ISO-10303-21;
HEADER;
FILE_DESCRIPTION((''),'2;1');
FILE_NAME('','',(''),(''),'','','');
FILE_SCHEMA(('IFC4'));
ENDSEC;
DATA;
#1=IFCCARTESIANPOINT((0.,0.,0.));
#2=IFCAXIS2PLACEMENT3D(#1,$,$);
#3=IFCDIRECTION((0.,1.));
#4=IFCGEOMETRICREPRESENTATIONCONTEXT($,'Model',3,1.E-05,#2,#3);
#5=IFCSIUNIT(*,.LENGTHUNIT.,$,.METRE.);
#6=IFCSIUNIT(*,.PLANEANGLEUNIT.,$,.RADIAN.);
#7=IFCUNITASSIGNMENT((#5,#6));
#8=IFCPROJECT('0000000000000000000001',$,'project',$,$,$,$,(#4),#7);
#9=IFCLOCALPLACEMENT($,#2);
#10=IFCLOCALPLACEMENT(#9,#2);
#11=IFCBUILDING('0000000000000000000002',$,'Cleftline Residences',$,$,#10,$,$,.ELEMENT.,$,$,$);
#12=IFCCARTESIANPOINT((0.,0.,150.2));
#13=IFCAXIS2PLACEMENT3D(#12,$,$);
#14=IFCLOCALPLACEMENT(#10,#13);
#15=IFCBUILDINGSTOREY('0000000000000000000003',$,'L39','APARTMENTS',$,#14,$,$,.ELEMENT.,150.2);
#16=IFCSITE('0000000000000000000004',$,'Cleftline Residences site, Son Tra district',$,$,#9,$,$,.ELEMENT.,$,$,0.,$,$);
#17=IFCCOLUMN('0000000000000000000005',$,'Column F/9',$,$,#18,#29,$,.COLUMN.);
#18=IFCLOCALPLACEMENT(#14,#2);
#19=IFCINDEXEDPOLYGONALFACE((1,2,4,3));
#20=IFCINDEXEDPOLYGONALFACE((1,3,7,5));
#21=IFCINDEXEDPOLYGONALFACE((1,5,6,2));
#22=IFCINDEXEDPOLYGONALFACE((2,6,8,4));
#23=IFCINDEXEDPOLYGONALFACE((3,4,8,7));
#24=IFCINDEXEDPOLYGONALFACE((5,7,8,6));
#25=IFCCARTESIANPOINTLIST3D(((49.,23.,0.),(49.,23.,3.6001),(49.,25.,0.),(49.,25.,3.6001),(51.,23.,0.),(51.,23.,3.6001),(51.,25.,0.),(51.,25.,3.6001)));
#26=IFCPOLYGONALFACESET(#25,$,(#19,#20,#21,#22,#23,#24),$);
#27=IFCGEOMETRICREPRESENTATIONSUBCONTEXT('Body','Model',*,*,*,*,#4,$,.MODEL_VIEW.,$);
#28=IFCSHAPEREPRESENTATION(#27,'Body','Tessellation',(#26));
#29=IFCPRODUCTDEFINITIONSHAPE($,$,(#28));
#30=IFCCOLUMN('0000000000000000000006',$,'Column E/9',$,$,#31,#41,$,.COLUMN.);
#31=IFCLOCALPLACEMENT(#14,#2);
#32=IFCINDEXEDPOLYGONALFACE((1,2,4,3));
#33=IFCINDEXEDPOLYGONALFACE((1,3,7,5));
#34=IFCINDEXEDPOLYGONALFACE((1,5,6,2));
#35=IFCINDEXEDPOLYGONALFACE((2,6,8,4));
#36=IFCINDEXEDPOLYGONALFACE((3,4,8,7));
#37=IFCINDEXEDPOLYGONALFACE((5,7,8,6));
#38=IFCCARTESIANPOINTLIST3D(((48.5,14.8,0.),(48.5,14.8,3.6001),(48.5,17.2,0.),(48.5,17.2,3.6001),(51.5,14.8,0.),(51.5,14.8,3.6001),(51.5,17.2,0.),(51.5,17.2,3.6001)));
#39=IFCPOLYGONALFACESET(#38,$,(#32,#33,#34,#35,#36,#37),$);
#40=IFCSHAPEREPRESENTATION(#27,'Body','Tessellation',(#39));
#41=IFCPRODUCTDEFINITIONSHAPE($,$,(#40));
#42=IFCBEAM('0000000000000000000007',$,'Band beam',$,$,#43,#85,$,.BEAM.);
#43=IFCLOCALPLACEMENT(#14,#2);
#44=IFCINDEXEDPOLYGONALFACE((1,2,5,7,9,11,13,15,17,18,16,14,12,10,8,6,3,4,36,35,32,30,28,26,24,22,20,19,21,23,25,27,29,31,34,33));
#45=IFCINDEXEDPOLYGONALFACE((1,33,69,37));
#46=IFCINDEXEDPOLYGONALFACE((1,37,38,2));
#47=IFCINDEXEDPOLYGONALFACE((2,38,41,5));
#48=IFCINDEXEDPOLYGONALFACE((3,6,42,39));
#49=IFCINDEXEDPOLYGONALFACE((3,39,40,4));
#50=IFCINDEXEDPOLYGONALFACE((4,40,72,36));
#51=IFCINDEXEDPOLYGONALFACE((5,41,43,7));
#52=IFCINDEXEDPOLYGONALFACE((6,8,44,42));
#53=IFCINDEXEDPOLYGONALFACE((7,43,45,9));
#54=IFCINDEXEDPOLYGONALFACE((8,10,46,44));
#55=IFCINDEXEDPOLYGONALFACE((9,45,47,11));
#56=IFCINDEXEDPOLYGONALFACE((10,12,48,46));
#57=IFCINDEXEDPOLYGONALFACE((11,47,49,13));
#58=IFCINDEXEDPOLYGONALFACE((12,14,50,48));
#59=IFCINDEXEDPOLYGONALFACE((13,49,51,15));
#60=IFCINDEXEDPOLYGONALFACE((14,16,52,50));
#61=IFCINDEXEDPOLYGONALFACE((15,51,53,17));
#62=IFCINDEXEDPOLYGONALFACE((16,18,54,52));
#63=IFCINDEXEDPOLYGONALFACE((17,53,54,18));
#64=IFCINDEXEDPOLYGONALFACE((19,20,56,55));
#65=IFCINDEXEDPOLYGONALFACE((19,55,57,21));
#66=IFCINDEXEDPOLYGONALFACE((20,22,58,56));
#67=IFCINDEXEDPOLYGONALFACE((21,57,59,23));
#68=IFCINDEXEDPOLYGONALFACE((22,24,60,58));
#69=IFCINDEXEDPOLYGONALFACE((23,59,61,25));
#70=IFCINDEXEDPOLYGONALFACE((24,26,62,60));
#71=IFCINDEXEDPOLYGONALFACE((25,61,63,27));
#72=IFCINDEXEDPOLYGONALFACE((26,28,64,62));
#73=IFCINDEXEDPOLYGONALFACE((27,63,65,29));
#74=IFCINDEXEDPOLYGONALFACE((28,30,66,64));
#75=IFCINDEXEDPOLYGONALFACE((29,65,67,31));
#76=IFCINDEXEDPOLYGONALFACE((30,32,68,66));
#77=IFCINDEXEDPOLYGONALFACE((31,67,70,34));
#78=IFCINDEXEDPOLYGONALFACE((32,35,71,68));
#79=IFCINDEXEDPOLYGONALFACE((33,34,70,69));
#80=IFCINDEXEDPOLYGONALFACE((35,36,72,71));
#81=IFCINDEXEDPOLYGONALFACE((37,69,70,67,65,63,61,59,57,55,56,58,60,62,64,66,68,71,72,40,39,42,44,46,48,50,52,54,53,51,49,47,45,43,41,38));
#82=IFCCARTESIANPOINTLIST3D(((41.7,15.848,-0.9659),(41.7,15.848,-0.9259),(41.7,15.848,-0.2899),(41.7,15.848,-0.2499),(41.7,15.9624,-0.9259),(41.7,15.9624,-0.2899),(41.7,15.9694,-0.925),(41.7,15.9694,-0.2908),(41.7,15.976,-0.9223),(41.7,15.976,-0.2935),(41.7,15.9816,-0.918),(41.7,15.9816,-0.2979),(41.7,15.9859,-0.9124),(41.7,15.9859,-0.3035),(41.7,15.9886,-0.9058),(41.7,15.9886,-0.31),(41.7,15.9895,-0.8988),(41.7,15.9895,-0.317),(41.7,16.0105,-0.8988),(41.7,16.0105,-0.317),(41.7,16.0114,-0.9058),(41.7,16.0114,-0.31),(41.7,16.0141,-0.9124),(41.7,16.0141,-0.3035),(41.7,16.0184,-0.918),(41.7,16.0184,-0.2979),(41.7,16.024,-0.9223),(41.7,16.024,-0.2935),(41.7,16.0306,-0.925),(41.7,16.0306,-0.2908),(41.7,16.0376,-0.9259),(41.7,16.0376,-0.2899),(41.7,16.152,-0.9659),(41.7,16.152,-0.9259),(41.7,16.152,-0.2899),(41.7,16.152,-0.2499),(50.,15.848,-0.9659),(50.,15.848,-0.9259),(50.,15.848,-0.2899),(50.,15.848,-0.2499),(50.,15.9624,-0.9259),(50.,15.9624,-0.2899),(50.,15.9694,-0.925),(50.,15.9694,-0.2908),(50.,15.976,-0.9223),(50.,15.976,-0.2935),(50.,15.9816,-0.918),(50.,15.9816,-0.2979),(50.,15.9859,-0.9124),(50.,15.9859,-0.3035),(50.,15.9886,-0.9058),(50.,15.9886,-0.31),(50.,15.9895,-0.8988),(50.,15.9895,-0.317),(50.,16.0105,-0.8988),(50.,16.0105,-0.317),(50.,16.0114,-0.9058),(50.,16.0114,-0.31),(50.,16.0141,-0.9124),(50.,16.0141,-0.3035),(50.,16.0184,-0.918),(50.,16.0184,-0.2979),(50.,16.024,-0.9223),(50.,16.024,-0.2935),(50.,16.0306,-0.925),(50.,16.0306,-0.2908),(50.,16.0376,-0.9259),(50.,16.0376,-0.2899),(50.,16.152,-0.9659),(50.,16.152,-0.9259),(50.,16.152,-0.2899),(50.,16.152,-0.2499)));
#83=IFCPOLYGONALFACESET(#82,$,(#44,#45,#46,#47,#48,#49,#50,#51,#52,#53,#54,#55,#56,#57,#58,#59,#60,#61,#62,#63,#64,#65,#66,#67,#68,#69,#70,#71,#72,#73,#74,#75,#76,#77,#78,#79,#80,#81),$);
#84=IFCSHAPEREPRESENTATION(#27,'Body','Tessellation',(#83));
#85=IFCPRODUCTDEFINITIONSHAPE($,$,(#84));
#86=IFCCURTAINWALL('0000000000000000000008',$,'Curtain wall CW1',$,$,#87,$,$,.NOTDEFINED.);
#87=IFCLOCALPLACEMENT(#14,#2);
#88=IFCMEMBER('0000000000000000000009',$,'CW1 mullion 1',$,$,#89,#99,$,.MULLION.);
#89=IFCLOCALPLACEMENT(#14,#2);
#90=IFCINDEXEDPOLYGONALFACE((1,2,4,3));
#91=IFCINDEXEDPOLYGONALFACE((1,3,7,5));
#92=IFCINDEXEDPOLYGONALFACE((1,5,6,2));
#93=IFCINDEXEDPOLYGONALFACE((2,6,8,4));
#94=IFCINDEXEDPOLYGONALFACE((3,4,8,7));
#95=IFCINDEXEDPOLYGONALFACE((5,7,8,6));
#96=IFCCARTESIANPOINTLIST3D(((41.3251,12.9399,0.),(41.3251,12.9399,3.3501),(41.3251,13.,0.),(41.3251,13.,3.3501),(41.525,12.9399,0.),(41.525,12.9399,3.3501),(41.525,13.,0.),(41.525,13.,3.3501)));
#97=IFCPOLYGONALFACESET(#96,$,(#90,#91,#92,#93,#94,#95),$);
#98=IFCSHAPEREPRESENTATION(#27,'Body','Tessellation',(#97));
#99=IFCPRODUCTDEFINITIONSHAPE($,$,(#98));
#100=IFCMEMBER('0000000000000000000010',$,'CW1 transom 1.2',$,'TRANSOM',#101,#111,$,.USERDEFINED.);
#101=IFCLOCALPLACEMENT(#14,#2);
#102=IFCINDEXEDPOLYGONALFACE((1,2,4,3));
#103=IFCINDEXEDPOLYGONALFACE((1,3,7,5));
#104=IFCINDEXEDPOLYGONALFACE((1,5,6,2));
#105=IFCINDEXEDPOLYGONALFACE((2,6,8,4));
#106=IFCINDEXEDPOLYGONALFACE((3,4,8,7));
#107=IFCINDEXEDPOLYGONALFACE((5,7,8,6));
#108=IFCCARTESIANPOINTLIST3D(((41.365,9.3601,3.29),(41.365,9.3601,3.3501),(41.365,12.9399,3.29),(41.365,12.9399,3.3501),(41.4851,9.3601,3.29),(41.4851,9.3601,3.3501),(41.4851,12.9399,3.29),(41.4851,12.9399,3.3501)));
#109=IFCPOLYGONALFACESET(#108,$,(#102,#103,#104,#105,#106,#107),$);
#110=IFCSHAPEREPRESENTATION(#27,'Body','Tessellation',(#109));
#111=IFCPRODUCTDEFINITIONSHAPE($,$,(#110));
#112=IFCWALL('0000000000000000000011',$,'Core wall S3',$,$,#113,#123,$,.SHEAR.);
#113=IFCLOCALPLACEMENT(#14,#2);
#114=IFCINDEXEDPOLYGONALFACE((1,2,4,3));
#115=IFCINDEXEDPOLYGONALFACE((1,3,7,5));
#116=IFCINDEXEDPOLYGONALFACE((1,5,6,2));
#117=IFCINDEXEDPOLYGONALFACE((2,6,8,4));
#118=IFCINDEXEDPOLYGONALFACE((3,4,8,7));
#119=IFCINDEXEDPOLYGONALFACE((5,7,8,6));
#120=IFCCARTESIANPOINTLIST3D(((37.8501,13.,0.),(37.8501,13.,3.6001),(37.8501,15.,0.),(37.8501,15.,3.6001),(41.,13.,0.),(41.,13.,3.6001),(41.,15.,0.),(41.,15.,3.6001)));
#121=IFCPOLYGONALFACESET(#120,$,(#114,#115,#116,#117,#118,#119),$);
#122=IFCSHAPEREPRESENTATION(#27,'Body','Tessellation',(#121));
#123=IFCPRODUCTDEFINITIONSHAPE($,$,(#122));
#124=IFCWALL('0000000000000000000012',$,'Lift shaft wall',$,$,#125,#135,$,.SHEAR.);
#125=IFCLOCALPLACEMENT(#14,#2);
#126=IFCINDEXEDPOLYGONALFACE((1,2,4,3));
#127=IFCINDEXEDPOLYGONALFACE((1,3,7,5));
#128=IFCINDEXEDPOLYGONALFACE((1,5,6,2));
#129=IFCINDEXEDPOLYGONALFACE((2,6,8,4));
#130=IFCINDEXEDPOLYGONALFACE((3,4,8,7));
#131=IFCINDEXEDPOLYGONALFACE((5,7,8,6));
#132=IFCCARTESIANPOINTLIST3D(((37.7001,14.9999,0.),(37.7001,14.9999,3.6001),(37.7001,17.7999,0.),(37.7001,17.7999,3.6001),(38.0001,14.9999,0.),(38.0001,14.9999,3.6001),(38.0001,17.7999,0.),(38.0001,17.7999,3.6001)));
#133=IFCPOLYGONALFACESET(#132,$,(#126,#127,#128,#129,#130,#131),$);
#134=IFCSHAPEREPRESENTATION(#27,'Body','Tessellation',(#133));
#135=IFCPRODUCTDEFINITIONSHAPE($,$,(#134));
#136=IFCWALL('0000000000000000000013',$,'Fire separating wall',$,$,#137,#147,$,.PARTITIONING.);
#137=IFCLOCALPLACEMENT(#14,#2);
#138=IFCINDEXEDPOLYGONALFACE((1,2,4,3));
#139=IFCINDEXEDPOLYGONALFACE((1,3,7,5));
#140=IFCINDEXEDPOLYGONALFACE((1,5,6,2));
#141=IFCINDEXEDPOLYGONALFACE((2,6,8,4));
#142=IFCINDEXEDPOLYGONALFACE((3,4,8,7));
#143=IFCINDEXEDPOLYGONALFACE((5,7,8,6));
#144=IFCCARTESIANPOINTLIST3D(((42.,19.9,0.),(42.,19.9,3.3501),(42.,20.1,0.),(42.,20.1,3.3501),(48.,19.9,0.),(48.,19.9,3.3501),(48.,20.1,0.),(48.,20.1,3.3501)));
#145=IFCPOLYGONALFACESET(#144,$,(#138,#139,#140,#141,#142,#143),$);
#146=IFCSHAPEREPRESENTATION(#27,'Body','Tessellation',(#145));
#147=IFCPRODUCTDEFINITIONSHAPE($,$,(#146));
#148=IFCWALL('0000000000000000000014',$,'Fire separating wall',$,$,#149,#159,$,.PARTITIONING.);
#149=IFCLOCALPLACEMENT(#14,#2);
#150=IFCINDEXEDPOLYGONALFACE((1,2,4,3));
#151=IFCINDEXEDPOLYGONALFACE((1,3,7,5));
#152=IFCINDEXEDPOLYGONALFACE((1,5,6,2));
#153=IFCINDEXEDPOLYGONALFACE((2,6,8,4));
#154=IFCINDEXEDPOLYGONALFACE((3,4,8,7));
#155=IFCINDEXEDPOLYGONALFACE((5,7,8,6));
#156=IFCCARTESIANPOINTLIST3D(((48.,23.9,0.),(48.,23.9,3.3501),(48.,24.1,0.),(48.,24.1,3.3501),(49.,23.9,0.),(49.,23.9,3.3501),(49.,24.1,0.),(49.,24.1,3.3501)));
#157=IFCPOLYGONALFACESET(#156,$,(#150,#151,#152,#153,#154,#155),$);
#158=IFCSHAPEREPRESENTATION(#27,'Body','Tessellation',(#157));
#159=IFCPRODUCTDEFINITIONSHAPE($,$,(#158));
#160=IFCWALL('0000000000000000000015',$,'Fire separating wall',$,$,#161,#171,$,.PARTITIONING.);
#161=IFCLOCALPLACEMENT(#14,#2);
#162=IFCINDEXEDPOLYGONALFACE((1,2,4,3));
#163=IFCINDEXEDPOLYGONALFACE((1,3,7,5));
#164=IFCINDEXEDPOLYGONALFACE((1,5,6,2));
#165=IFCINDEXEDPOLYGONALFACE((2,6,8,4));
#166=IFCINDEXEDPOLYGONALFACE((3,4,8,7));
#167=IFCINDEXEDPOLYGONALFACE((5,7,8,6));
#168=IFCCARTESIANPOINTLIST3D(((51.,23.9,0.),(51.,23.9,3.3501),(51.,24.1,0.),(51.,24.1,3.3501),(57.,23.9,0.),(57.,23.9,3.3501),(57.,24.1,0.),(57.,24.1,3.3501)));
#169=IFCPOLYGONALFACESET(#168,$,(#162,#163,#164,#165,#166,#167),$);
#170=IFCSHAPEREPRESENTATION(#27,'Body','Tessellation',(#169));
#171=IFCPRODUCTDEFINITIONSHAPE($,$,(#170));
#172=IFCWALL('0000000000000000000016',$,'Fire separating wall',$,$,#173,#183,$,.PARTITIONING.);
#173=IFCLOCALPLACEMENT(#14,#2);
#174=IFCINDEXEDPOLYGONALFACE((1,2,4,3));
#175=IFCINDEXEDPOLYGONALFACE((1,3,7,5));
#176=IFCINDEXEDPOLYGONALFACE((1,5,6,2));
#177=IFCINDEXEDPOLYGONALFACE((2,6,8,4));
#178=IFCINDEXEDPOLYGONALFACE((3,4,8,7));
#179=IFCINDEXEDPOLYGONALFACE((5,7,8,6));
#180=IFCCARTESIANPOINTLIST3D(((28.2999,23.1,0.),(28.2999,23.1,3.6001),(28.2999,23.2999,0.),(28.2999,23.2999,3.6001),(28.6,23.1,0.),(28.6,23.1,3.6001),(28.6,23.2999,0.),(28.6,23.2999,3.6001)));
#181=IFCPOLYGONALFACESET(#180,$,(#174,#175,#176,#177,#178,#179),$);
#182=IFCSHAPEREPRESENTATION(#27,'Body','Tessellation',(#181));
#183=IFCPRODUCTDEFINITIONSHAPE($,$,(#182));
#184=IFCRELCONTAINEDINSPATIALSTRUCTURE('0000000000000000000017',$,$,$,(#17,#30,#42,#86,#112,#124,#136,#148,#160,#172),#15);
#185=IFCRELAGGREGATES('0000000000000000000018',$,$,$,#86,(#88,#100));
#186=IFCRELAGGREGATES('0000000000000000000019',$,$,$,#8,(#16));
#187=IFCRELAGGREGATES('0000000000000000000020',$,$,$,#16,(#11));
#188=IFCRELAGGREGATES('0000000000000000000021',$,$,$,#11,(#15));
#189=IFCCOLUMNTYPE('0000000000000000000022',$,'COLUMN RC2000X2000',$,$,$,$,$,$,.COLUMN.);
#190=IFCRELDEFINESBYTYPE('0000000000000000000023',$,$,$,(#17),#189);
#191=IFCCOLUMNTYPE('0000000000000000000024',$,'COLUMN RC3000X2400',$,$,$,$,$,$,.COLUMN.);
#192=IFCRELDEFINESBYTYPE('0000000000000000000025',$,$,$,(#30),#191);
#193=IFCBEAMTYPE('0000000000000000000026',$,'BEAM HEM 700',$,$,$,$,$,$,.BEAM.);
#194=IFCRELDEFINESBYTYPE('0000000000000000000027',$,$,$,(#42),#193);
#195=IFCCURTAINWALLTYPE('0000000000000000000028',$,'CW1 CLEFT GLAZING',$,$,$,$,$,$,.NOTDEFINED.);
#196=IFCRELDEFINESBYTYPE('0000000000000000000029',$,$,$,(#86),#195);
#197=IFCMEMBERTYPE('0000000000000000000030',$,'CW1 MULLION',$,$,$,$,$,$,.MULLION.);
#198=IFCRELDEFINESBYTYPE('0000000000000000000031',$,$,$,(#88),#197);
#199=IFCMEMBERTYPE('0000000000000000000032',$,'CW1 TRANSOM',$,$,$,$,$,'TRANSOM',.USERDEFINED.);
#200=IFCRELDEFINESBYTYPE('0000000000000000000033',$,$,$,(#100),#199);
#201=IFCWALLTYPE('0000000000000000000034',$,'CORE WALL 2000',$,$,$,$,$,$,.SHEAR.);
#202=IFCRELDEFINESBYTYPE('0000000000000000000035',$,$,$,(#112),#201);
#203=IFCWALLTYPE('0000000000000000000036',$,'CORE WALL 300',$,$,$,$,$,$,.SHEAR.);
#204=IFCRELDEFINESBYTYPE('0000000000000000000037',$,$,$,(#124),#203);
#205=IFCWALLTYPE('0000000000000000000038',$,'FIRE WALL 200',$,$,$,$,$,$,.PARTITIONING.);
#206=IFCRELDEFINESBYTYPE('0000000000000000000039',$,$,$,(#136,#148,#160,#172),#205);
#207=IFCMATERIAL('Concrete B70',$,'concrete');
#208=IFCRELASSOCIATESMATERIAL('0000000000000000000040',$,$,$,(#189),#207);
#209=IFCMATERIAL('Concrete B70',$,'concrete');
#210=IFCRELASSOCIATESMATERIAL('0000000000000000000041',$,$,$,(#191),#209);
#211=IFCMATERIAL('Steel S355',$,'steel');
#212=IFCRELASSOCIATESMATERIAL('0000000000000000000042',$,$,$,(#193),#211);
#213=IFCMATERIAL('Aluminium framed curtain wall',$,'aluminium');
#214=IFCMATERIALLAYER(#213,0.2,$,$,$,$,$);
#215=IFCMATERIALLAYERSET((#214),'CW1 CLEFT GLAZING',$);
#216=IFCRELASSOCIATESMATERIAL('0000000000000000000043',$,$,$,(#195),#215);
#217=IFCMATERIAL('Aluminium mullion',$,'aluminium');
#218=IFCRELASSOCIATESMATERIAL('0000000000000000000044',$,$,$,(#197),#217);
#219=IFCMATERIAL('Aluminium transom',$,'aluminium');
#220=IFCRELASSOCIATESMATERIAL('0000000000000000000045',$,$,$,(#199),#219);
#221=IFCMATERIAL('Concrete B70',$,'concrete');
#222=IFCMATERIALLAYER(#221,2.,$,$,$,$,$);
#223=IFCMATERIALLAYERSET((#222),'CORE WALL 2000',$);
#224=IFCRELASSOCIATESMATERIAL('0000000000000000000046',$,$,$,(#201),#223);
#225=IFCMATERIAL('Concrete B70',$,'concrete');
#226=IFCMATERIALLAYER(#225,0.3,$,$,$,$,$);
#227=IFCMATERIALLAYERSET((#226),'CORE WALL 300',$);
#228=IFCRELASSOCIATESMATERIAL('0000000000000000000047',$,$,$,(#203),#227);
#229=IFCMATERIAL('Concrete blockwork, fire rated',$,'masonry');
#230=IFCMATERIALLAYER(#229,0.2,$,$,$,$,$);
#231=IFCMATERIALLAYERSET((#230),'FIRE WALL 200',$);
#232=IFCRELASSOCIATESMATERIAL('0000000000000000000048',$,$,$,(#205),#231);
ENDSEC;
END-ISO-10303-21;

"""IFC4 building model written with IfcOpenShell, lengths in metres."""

from ifc_helpers import new_model, si_unit, direction, frame, frame_2d, origin, origin_2d, place, context, subcontext, project, spatial, rectangle, i_section, extrude, material, layer, layer_set, material_profile, profile_set, type_object, element, aggregate, save


model = new_model("IFC4")

# Units and contexts
model_context = context("Model", 3, precision=1e-05, world=origin(), true_north=direction((0.0, 1.0)))
body_context = subcontext(model_context, "Body", "Model", "MODEL_VIEW")
ifc_project = project(units=[si_unit("LENGTHUNIT", "METRE"), si_unit("PLANEANGLEUNIT", "RADIAN")], contexts=[model_context])

# Site, building, storey
site_placement = place(None, origin())
site = spatial("IfcSite", under=ifc_project, at=site_placement, Name="Cleftline Residences site, Son Tra district", CompositionType="ELEMENT", RefElevation=0.0)
building_placement = place(site_placement, origin())
building = spatial("IfcBuilding", under=site, at=building_placement, Name="Cleftline Residences", CompositionType="ELEMENT")
storey_placement = place(building_placement, frame((0.0, 0.0, 150.2)))
storey = spatial("IfcBuildingStorey", under=building, at=storey_placement, Name="L39", Description="APARTMENTS", CompositionType="ELEMENT", Elevation=150.2)

# Columns
ifc_material_1 = material(Name="Concrete B70", Category="concrete")
ifc_material_profile_1 = material_profile(ifc_material_1, rectangle(XDim=2.0, YDim=2.0, at=origin_2d()))
ifc_profile_set_1 = profile_set([ifc_material_profile_1], Name="Concrete B70")
column_type_1 = type_object("IfcColumnType", Name="COLUMN RC2000X2000", PredefinedType="COLUMN", material=ifc_profile_set_1)
column_1_placement = place(storey_placement, frame((50.0, 24.0, 0.0), z_axis=(0.0, 0.0, 1.0), x_axis=(1.0, 0.0, 0.0)))
element("IfcColumn", 1, at=column_1_placement, inside=storey, type_object=column_type_1, Name="Column F/9", PredefinedType="COLUMN", context=body_context, shape_type="SweptSolid", body=[
    extrude(rectangle(XDim=2.0, YDim=2.0, at=origin_2d()), origin(), (0.0, 0.0, 1.0), 3.6001),
])
ifc_material_2 = material(Name="Concrete B70", Category="concrete")
ifc_material_profile_2 = material_profile(ifc_material_2, rectangle(XDim=3.0, YDim=2.3999, at=origin_2d()))
ifc_profile_set_2 = profile_set([ifc_material_profile_2], Name="Concrete B70")
column_type_2 = type_object("IfcColumnType", Name="COLUMN RC3000X2400", PredefinedType="COLUMN", material=ifc_profile_set_2)
column_2_placement = place(storey_placement, frame((50.0, 16.0, 0.0), z_axis=(0.0, 0.0, 1.0), x_axis=(1.0, 0.0, 0.0)))
element("IfcColumn", 2, at=column_2_placement, inside=storey, type_object=column_type_2, Name="Column E/9", PredefinedType="COLUMN", context=body_context, shape_type="SweptSolid", body=[
    extrude(rectangle(XDim=3.0, YDim=2.3999, at=origin_2d()), origin(), (0.0, 0.0, 1.0), 3.6001),
])

# Beam
ifc_material_3 = material(Name="Steel S355", Category="steel")
ifc_material_profile_3 = material_profile(ifc_material_3, i_section(OverallWidth=0.304, OverallDepth=0.7161, WebThickness=0.021, FlangeThickness=0.04, FilletRadius=0.0271, at=origin_2d()))
ifc_profile_set_3 = profile_set([ifc_material_profile_3], Name="Steel S355")
beam_type = type_object("IfcBeamType", Name="BEAM HEM 700", PredefinedType="BEAM", material=ifc_profile_set_3)
beam_placement = place(storey_placement, frame((50.0, 16.0, -0.6079), z_axis=(-1.0, 0.0, 0.0), x_axis=(0.0, -1.0, 0.0)))
element("IfcBeam", 3, at=beam_placement, inside=storey, type_object=beam_type, Name="Band beam", PredefinedType="BEAM", context=body_context, shape_type="SweptSolid", body=[
    extrude(i_section(OverallWidth=0.304, OverallDepth=0.7161, WebThickness=0.021, FlangeThickness=0.04, FilletRadius=0.0271, at=origin_2d()), origin(), (0.0, 0.0, 1.0), 8.3),
])

# Curtain wall, members
ifc_material_4 = material(Name="Aluminium framed curtain wall", Category="aluminium")
ifc_layer_1 = layer(ifc_material_4, 0.2)
ifc_layer_set_1 = layer_set([ifc_layer_1], Name="CW1 CLEFT GLAZING")
curtain_wall_type = type_object("IfcCurtainWallType", Name="CW1 CLEFT GLAZING", PredefinedType="NOTDEFINED", material=ifc_layer_set_1)
curtain_wall_placement = place(storey_placement, origin())
curtain_wall = element("IfcCurtainWall", 4, at=curtain_wall_placement, inside=storey, type_object=curtain_wall_type, Name="Curtain wall CW1", PredefinedType="NOTDEFINED")
ifc_material_5 = material(Name="Aluminium mullion", Category="aluminium")
ifc_material_profile_4 = material_profile(ifc_material_5, rectangle(XDim=0.2, YDim=0.0601, at=origin_2d()))
ifc_profile_set_4 = profile_set([ifc_material_profile_4], Name="Aluminium mullion")
member_type_1 = type_object("IfcMemberType", Name="CW1 MULLION", PredefinedType="MULLION", material=ifc_profile_set_4)
member_1_placement = place(storey_placement, frame((41.425, 12.97, 0.0), z_axis=(0.0, 0.0, 1.0), x_axis=(1.0, 0.0, 0.0)))
member_1 = element("IfcMember", 5, at=member_1_placement, type_object=member_type_1, Name="CW1 mullion 1", PredefinedType="MULLION", context=body_context, shape_type="SweptSolid", body=[
    extrude(rectangle(XDim=0.2, YDim=0.0601, at=origin_2d()), origin(), (0.0, 0.0, 1.0), 3.3501),
])
ifc_material_6 = material(Name="Aluminium transom", Category="aluminium")
ifc_material_profile_5 = material_profile(ifc_material_6, rectangle(XDim=0.1201, YDim=0.0601, at=origin_2d()))
ifc_profile_set_5 = profile_set([ifc_material_profile_5], Name="Aluminium transom")
member_type_2 = type_object("IfcMemberType", Name="CW1 TRANSOM", ElementType="TRANSOM", PredefinedType="USERDEFINED", material=ifc_profile_set_5)
member_2_placement = place(storey_placement, frame((41.425, 12.9399, 3.3201), z_axis=(0.0, -1.0, 0.0), x_axis=(1.0, 0.0, 0.0)))
member_2 = element("IfcMember", 6, at=member_2_placement, type_object=member_type_2, Name="CW1 transom 1.2", ObjectType="TRANSOM", PredefinedType="USERDEFINED", context=body_context, shape_type="SweptSolid", body=[
    extrude(rectangle(XDim=0.1201, YDim=0.0601, at=origin_2d()), origin(), (0.0, 0.0, 1.0), 3.5798),
])
aggregate(curtain_wall, [member_1, member_2])

# Walls
ifc_material_7 = material(Name="Concrete B70", Category="concrete")
ifc_layer_2 = layer(ifc_material_7, 2.0)
ifc_layer_set_2 = layer_set([ifc_layer_2], Name="CORE WALL 2000")
wall_type_1 = type_object("IfcWallType", Name="CORE WALL 2000", PredefinedType="SHEAR", material=ifc_layer_set_2)
wall_1_placement = place(storey_placement, frame((37.8501, 14.0, 0.0), z_axis=(0.0, 0.0, 1.0), x_axis=(1.0, 0.0, 0.0)))
element("IfcWall", 7, at=wall_1_placement, inside=storey, type_object=wall_type_1, Name="Core wall S3", PredefinedType="SHEAR", context=body_context, shape_type="SweptSolid", body=[
    extrude(rectangle(XDim=3.1499, YDim=2.0, at=frame_2d((1.575, 0.0))), origin(), (0.0, 0.0, 1.0), 3.6001),
])
ifc_material_8 = material(Name="Concrete B70", Category="concrete")
ifc_layer_3 = layer(ifc_material_8, 0.3)
ifc_layer_set_3 = layer_set([ifc_layer_3], Name="CORE WALL 300")
wall_type_2 = type_object("IfcWallType", Name="CORE WALL 300", PredefinedType="SHEAR", material=ifc_layer_set_3)
wall_2_placement = place(storey_placement, frame((37.8501, 15.0, 0.0), z_axis=(0.0, 0.0, 1.0), x_axis=(0.0, 1.0, 0.0)))
element("IfcWall", 8, at=wall_2_placement, inside=storey, type_object=wall_type_2, Name="Lift shaft wall", PredefinedType="SHEAR", context=body_context, shape_type="SweptSolid", body=[
    extrude(rectangle(XDim=2.8, YDim=0.3, at=frame_2d((1.3999, 0.0))), origin(), (0.0, 0.0, 1.0), 3.6001),
])
ifc_material_9 = material(Name="Concrete blockwork, fire rated", Category="masonry")
ifc_layer_4 = layer(ifc_material_9, 0.2)
ifc_layer_set_4 = layer_set([ifc_layer_4], Name="FIRE WALL 200")
wall_type_3 = type_object("IfcWallType", Name="FIRE WALL 200", PredefinedType="PARTITIONING", material=ifc_layer_set_4)
wall_3_placement = place(storey_placement, frame((42.0, 20.0, 0.0), z_axis=(0.0, 0.0, 1.0), x_axis=(1.0, 0.0, 0.0)))
element("IfcWall", 9, at=wall_3_placement, inside=storey, type_object=wall_type_3, Name="Fire separating wall", PredefinedType="PARTITIONING", context=body_context, shape_type="SweptSolid", body=[
    extrude(rectangle(XDim=6.0, YDim=0.2, at=frame_2d((3.0, 0.0))), origin(), (0.0, 0.0, 1.0), 3.3501),
])
wall_4_placement = place(storey_placement, frame((48.0, 24.0, 0.0), z_axis=(0.0, 0.0, 1.0), x_axis=(1.0, 0.0, 0.0)))
element("IfcWall", 10, at=wall_4_placement, inside=storey, type_object=wall_type_3, Name="Fire separating wall", PredefinedType="PARTITIONING", context=body_context, shape_type="SweptSolid", body=[
    extrude(rectangle(XDim=1.0, YDim=0.2, at=frame_2d((0.5, 0.0))), origin(), (0.0, 0.0, 1.0), 3.3501),
])
wall_5_placement = place(storey_placement, frame((51.0, 24.0, 0.0), z_axis=(0.0, 0.0, 1.0), x_axis=(1.0, 0.0, 0.0)))
element("IfcWall", 11, at=wall_5_placement, inside=storey, type_object=wall_type_3, Name="Fire separating wall", PredefinedType="PARTITIONING", context=body_context, shape_type="SweptSolid", body=[
    extrude(rectangle(XDim=6.0, YDim=0.2, at=frame_2d((3.0, 0.0))), origin(), (0.0, 0.0, 1.0), 3.3501),
])

# Wall
wall_6_placement = place(storey_placement, frame((28.3, 23.2, 0.0), z_axis=(0.0, 0.0, 1.0), x_axis=(1.0, 0.0, 0.0)))
element("IfcWall", 12, at=wall_6_placement, inside=storey, type_object=wall_type_3, Name="Fire separating wall", PredefinedType="PARTITIONING", context=body_context, shape_type="SweptSolid", body=[
    extrude(rectangle(XDim=0.3, YDim=0.2, at=frame_2d((0.1499, 0.0))), origin(), (0.0, 0.0, 1.0), 3.6001),
])

save(model, "model.ifc")
